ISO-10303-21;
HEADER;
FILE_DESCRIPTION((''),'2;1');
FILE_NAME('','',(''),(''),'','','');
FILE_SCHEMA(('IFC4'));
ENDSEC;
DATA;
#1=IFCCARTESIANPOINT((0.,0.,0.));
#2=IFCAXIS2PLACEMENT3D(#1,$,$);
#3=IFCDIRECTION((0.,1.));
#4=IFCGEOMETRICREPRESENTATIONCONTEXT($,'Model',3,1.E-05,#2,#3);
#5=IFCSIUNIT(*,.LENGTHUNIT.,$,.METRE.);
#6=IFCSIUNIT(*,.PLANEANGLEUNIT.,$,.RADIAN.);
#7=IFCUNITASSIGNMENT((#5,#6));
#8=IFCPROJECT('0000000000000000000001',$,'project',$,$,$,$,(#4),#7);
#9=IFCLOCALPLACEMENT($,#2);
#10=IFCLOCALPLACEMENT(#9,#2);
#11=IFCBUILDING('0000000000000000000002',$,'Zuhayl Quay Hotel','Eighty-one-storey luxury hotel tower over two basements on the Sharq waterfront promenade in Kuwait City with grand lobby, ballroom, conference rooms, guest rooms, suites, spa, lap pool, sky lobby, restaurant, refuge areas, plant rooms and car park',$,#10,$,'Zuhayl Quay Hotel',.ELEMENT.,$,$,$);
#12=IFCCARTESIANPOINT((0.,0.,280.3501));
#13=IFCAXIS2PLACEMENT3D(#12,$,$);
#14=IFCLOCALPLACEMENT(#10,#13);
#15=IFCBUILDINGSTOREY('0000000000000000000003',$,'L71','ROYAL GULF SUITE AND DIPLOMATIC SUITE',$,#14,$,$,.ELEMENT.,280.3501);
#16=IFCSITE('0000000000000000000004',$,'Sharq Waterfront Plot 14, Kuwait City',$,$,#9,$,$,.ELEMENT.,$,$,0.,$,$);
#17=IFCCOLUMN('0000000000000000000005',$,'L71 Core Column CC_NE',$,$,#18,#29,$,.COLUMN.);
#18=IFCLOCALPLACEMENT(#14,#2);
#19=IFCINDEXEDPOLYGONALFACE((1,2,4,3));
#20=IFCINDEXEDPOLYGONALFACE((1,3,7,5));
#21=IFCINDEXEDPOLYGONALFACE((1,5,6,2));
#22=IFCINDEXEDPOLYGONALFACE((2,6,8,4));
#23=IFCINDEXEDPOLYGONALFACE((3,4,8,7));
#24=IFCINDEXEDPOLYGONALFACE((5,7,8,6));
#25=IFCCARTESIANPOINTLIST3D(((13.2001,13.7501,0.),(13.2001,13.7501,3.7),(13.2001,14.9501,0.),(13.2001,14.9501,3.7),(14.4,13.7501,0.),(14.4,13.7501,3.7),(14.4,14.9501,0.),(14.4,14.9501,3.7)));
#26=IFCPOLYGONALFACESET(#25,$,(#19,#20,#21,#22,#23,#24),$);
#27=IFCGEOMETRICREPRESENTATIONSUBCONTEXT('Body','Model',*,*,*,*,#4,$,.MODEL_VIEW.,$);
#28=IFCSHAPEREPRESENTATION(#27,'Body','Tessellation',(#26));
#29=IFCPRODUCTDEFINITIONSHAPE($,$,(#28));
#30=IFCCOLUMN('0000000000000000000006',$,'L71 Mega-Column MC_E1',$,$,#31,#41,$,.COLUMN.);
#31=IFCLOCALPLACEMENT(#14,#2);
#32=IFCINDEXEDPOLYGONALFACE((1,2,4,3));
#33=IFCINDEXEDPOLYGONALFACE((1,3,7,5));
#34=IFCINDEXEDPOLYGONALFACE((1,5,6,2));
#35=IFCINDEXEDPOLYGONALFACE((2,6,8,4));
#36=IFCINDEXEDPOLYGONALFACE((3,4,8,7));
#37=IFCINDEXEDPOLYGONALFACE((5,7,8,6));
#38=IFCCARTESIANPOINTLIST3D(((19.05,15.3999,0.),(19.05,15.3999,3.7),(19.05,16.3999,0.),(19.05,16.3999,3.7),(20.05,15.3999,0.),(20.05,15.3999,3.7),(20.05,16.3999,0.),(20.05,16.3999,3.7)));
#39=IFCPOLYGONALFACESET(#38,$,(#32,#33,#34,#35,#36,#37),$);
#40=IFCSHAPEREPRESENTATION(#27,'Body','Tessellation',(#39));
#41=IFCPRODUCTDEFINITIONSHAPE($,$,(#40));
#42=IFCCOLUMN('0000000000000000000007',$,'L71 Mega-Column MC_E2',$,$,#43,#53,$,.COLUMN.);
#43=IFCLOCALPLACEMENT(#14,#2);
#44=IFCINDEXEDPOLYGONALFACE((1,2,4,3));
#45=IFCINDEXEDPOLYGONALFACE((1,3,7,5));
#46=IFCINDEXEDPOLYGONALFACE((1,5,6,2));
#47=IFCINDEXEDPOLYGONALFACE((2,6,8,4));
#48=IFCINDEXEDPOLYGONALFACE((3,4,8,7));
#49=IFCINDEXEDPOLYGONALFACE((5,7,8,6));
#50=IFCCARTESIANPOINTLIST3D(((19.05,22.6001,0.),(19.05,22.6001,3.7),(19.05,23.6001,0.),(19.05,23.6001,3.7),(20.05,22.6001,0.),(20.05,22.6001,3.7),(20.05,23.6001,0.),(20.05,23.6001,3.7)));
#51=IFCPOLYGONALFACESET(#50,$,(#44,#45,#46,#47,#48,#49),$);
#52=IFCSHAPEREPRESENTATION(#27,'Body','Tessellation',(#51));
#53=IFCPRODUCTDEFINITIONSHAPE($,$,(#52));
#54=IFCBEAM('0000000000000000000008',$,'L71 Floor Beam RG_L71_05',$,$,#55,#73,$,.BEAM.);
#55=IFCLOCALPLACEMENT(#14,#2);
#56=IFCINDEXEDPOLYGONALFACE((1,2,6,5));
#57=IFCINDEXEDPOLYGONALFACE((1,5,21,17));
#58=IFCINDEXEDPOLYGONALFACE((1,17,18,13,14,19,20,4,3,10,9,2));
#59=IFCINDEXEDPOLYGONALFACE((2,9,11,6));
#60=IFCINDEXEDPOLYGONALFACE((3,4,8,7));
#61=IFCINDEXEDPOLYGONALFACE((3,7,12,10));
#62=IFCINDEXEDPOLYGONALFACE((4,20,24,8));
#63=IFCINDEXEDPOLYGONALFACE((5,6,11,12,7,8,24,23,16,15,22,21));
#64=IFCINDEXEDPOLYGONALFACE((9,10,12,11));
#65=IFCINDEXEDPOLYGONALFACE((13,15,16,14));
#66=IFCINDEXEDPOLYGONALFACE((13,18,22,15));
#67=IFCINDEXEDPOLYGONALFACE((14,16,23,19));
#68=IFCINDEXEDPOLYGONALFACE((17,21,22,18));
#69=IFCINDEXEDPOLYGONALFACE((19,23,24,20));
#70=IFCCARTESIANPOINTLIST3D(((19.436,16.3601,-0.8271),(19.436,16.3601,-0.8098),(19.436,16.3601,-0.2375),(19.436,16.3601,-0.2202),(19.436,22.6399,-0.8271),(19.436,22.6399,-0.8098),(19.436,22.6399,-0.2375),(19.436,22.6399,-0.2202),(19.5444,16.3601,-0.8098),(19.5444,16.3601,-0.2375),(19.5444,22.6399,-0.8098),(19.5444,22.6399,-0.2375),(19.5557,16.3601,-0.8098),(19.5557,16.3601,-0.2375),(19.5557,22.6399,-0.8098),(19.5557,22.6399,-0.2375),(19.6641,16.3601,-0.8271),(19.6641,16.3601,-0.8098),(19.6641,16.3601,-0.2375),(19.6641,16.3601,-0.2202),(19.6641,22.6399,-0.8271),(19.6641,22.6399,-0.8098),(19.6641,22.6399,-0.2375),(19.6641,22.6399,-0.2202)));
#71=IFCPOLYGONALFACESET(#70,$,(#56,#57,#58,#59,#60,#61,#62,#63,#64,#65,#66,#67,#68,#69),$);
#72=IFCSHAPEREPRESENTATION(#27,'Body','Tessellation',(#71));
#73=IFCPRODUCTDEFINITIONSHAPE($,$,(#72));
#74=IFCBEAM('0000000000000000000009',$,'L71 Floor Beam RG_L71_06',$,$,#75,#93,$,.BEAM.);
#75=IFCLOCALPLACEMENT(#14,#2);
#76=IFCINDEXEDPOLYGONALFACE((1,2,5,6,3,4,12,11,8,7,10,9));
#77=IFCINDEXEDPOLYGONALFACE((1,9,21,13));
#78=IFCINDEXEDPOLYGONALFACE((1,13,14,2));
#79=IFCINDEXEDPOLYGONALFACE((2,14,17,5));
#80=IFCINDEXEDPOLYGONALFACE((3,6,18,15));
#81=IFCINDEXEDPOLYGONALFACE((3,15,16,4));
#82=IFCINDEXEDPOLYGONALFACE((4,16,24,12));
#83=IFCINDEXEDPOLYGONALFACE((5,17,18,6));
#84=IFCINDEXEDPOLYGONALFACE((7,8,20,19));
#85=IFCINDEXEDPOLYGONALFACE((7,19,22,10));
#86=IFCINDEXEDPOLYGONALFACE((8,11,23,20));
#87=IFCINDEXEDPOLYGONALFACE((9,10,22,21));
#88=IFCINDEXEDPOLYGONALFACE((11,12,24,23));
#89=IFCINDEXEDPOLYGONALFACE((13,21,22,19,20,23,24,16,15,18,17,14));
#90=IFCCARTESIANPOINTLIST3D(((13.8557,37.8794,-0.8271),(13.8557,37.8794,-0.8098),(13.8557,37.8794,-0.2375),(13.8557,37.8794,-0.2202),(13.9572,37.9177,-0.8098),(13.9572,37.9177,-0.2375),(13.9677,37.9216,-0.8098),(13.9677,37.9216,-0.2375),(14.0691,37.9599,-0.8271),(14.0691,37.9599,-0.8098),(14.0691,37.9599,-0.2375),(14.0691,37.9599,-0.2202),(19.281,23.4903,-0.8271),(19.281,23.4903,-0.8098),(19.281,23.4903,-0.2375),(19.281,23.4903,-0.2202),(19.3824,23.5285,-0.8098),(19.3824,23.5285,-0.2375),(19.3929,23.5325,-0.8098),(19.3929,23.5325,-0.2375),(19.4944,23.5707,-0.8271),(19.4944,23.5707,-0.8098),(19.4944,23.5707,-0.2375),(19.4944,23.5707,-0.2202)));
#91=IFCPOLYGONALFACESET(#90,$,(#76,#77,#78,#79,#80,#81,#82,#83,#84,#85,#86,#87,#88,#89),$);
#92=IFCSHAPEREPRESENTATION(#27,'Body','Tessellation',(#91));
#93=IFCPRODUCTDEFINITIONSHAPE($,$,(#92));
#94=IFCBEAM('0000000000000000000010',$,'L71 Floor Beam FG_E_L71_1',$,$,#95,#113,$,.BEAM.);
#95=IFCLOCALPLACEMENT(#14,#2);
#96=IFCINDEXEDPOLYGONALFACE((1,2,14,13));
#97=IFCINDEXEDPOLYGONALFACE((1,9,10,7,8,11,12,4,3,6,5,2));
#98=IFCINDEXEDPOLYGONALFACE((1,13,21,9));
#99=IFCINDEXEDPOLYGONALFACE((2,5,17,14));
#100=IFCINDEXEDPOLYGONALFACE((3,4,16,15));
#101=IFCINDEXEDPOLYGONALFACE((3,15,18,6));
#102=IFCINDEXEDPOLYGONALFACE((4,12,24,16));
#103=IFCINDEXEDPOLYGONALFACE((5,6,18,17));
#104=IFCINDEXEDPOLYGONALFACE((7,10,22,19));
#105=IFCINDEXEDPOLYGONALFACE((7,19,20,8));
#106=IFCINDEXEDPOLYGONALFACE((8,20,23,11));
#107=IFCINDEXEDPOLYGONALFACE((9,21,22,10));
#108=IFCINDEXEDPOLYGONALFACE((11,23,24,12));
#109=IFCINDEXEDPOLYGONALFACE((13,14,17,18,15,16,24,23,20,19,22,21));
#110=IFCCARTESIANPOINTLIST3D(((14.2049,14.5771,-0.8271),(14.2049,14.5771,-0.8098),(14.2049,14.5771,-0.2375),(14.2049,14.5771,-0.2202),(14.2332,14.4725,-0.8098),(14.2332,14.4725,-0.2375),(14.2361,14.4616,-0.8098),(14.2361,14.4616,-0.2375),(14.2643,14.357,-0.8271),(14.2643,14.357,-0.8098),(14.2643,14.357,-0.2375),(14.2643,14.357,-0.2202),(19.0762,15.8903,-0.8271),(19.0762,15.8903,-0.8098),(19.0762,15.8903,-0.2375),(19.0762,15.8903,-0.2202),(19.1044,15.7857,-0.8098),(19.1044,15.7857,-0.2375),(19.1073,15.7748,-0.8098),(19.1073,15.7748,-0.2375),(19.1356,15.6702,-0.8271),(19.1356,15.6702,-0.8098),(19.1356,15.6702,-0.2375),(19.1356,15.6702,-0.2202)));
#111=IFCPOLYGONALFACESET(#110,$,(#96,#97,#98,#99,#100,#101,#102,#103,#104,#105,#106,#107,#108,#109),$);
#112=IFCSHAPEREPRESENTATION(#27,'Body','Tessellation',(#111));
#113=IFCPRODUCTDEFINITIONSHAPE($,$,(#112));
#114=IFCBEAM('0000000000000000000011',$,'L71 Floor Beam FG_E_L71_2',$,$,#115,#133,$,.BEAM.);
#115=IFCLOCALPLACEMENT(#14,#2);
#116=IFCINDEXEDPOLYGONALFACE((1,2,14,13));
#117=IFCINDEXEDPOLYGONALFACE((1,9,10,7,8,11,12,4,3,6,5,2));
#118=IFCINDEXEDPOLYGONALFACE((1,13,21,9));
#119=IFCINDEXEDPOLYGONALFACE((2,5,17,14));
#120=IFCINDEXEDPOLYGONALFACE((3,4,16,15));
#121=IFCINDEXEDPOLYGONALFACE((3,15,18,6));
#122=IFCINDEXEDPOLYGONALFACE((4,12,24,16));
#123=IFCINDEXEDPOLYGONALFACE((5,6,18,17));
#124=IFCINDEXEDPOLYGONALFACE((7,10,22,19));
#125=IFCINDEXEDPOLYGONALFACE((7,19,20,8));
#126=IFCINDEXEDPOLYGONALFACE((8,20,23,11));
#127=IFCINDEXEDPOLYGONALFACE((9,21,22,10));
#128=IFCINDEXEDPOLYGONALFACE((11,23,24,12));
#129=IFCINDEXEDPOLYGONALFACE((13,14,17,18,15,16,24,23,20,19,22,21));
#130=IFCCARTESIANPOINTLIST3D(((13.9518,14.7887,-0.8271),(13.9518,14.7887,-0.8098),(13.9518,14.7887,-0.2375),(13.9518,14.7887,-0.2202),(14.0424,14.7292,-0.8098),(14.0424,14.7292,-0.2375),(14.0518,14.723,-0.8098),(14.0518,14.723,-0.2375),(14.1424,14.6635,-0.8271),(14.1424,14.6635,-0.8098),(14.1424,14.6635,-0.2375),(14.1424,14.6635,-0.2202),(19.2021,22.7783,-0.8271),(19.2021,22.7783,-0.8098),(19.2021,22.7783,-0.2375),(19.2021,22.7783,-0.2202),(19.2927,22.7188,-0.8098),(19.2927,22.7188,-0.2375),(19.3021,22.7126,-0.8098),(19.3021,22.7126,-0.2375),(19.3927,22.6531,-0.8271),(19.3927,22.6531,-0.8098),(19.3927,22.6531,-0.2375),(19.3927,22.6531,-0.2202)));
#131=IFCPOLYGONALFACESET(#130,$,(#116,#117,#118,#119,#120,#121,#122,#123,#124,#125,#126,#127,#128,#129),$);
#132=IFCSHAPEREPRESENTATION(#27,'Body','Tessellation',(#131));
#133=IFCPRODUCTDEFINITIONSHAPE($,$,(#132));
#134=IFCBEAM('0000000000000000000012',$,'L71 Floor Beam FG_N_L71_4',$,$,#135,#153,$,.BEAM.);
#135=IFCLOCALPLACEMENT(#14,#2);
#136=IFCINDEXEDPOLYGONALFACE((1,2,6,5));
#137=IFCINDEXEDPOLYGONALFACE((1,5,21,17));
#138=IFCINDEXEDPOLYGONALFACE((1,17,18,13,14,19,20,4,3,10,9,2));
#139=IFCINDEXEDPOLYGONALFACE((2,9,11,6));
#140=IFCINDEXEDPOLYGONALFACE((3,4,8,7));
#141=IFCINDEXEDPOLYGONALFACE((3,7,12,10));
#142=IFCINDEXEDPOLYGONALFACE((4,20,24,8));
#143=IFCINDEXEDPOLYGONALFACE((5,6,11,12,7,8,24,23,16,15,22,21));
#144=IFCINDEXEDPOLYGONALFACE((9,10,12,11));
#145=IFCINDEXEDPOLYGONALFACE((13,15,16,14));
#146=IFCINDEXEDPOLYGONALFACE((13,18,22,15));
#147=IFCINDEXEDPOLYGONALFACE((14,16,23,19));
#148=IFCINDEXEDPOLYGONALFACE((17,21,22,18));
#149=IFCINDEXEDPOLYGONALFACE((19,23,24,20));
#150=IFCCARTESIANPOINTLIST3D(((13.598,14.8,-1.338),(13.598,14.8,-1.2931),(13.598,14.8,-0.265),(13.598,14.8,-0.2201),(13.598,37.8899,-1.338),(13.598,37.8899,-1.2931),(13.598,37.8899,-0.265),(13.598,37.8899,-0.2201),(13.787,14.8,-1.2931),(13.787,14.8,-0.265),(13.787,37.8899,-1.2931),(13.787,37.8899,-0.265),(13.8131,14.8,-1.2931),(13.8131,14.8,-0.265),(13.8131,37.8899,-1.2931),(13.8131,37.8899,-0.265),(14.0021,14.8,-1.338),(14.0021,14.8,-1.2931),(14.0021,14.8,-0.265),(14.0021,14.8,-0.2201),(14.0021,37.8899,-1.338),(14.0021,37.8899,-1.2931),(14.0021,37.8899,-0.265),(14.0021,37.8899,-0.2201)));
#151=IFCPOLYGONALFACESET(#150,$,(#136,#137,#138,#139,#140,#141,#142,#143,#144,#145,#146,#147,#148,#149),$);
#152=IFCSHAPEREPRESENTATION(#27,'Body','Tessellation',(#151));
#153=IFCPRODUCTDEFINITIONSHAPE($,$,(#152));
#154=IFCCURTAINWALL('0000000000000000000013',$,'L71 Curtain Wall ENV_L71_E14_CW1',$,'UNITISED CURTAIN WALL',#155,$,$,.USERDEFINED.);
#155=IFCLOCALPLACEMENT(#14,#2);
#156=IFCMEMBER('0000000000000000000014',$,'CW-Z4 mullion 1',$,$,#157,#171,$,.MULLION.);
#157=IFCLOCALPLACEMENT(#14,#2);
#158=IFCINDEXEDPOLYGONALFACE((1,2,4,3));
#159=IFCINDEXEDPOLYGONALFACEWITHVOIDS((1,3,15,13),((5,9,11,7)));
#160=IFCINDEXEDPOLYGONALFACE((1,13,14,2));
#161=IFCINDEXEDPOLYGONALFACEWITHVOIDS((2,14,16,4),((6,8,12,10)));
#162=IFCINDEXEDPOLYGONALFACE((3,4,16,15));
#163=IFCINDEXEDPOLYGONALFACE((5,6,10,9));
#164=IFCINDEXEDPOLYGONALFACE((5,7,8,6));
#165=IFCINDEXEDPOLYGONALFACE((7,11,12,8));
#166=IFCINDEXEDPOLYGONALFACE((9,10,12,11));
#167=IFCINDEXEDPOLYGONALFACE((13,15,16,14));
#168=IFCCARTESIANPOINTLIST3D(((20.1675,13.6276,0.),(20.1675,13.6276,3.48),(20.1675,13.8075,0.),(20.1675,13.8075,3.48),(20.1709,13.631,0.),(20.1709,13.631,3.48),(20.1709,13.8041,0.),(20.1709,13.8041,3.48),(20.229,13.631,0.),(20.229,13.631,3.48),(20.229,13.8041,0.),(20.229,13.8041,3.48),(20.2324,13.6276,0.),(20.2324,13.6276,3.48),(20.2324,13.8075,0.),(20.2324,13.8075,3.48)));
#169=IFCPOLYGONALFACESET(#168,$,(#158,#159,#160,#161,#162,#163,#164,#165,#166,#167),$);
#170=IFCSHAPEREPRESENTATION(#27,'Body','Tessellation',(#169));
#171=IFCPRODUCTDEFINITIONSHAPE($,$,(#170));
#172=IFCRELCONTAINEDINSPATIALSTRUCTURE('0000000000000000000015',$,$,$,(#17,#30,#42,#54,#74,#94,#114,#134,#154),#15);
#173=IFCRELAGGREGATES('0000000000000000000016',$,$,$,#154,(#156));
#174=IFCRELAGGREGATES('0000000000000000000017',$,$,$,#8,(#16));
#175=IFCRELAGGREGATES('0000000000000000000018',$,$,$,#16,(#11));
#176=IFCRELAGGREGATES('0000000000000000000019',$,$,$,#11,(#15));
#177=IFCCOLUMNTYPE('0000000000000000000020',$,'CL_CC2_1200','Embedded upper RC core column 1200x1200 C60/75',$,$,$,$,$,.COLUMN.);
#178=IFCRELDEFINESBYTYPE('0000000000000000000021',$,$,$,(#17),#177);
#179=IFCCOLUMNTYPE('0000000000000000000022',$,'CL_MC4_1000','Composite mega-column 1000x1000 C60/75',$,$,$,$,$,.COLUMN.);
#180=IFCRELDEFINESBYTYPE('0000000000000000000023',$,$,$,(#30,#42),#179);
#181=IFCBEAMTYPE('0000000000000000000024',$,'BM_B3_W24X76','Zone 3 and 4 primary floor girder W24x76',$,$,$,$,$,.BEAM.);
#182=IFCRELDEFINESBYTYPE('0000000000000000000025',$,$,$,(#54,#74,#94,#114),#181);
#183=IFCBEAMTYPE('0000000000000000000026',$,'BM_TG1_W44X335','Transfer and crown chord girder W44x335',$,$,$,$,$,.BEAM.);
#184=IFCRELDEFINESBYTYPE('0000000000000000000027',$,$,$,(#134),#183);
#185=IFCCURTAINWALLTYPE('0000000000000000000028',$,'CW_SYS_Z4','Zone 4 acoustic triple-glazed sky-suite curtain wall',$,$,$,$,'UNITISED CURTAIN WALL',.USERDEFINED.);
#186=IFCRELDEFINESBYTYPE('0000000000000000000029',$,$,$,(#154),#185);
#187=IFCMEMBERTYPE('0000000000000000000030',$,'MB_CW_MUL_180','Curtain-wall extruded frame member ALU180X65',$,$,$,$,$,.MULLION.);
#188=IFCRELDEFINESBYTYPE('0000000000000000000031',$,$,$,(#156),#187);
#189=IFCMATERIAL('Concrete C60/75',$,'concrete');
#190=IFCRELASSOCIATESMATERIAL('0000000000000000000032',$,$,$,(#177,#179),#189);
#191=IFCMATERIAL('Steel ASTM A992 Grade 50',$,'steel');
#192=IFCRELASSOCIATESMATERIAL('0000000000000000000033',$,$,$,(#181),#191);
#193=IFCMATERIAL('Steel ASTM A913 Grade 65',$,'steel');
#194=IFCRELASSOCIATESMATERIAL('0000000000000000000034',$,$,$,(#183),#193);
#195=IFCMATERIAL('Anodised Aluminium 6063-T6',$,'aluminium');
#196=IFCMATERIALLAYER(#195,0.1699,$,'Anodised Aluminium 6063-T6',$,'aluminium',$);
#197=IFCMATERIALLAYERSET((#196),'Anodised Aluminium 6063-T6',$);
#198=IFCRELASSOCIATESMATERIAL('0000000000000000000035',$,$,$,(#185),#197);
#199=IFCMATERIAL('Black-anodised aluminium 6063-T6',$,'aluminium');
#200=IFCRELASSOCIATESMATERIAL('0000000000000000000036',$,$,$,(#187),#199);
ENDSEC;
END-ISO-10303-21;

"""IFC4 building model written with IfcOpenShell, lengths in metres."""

from ifc_helpers import new_model, si_unit, direction, frame, origin, origin_2d, place, context, subcontext, project, spatial, rectangle, hollow_rectangle, i_section, extrude, material, layer, layer_set, material_profile, profile_set, type_object, element, aggregate, save


model = new_model("IFC4")

# Units and contexts
model_context = context("Model", 3, precision=1e-05, world=origin(), true_north=direction((0.0, 1.0)))
body_context = subcontext(model_context, "Body", "Model", "MODEL_VIEW")
ifc_project = project(units=[si_unit("LENGTHUNIT", "METRE"), si_unit("PLANEANGLEUNIT", "RADIAN")], contexts=[model_context])

# Site, building, storey
site_placement = place(None, origin())
site = spatial("IfcSite", under=ifc_project, at=site_placement, Name="Sharq Waterfront Plot 14, Kuwait City", CompositionType="ELEMENT", RefElevation=0.0)
building_placement = place(site_placement, origin())
building = spatial("IfcBuilding", under=site, at=building_placement, Name="Zuhayl Quay Hotel", Description="Eighty-one-storey luxury hotel tower over two basements on the Sharq waterfront promenade in Kuwait City with grand lobby, ballroom, conference rooms, guest rooms, suites, spa, lap pool, sky lobby, restaurant, refuge areas, plant rooms and car park", LongName="Zuhayl Quay Hotel", CompositionType="ELEMENT")
storey_placement = place(building_placement, frame((0.0, 0.0, 280.3501)))
storey = spatial("IfcBuildingStorey", under=building, at=storey_placement, Name="L71", Description="ROYAL GULF SUITE AND DIPLOMATIC SUITE", CompositionType="ELEMENT", Elevation=280.3501)

# Columns
ifc_material_1 = material(Name="Concrete C60/75", Category="concrete")
ifc_material_profile_1 = material_profile(ifc_material_1, rectangle(XDim=1.2, YDim=1.2, at=origin_2d()), Name="RC1200X1200")
ifc_profile_set_1 = profile_set([ifc_material_profile_1], Name="Concrete C60/75")
column_type_1 = type_object("IfcColumnType", Name="CL_CC2_1200", Description="Embedded upper RC core column 1200x1200 C60/75", PredefinedType="COLUMN", material=ifc_profile_set_1)
column_placement = place(storey_placement, frame((13.8, 14.3501, 0.0), z_axis=(0.0, 0.0, 1.0), x_axis=(1.0, 0.0, 0.0)))
element("IfcColumn", 1, at=column_placement, inside=storey, type_object=column_type_1, Name="L71 Core Column CC_NE", PredefinedType="COLUMN", context=body_context, shape_type="SweptSolid", body=[
    extrude(rectangle(XDim=1.2, YDim=1.2, at=origin_2d()), origin(), (0.0, 0.0, 1.0), 3.7),
])
ifc_material_profile_2 = material_profile(ifc_material_1, rectangle(XDim=1.0, YDim=1.0, at=origin_2d()), Name="RC1000X1000")
ifc_profile_set_2 = profile_set([ifc_material_profile_2], Name="Concrete C60/75")
column_type_2 = type_object("IfcColumnType", Name="CL_MC4_1000", Description="Composite mega-column 1000x1000 C60/75", PredefinedType="COLUMN", material=ifc_profile_set_2)
for number, where, z_axis, x_axis, name in (
    (2, (19.55, 15.8999, 0.0), (0.0, 0.0, 1.0), (1.0, 0.0, 0.0), "L71 Mega-Column MC_E1"),
    (3, (19.55, 23.1001, 0.0), (0.0, 0.0, 1.0), (1.0, 0.0, 0.0), "L71 Mega-Column MC_E2"),
):
    element("IfcColumn", number, at=place(storey_placement, frame(where, z_axis=z_axis, x_axis=x_axis)), inside=storey, type_object=column_type_2, Name=name, PredefinedType="COLUMN", context=body_context, shape_type="SweptSolid", body=[
        extrude(rectangle(XDim=1.0, YDim=1.0, at=origin_2d()), origin(), (0.0, 0.0, 1.0), 3.7),
    ])

# Beams
ifc_material_2 = material(Name="Steel ASTM A992 Grade 50", Category="steel")
ifc_material_profile_3 = material_profile(ifc_material_2, i_section(OverallWidth=0.228, OverallDepth=0.6069, WebThickness=0.0112, FlangeThickness=0.0173, at=origin_2d()), Name="W24X76")
ifc_profile_set_3 = profile_set([ifc_material_profile_3], Name="Steel ASTM A992 Grade 50")
beam_type_1 = type_object("IfcBeamType", Name="BM_B3_W24X76", Description="Zone 3 and 4 primary floor girder W24x76", PredefinedType="BEAM", material=ifc_profile_set_3)
beam_1_placement = place(storey_placement, frame((19.55, 16.3601, -0.5237), z_axis=(0.0, 1.0, 0.0), x_axis=(-1.0, 0.0, 0.0)))
element("IfcBeam", 4, at=beam_1_placement, inside=storey, type_object=beam_type_1, Name="L71 Floor Beam RG_L71_05", PredefinedType="BEAM", context=body_context, shape_type="SweptSolid", body=[
    extrude(i_section(OverallWidth=0.228, OverallDepth=0.6069, WebThickness=0.0112, FlangeThickness=0.0173, at=origin_2d()), origin(), (0.0, 0.0, 1.0), 6.2798),
])
beam_2_placement = place(storey_placement, frame((19.3877, 23.5305, -0.5237), z_axis=(-0.352797, 0.9357, 0.0), x_axis=(-0.9357, -0.352797, 0.0)))
element("IfcBeam", 5, at=beam_2_placement, inside=storey, type_object=beam_type_1, Name="L71 Floor Beam RG_L71_06", PredefinedType="BEAM", context=body_context, shape_type="SweptSolid", body=[
    extrude(i_section(OverallWidth=0.228, OverallDepth=0.6069, WebThickness=0.0112, FlangeThickness=0.0173, at=origin_2d()), origin(), (0.0, 0.0, 1.0), 15.3779),
])
beam_3_placement = place(storey_placement, frame((14.2346, 14.467, -0.5237), z_axis=(0.96553, 0.260291, 0.0), x_axis=(-0.260291, 0.96553, 0.0)))
element("IfcBeam", 6, at=beam_3_placement, inside=storey, type_object=beam_type_1, Name="L71 Floor Beam FG_E_L71_1", PredefinedType="BEAM", context=body_context, shape_type="SweptSolid", body=[
    extrude(i_section(OverallWidth=0.228, OverallDepth=0.6069, WebThickness=0.0112, FlangeThickness=0.0173, at=origin_2d()), origin(), (0.0, 0.0, 1.0), 5.0452),
])
beam_4_placement = place(storey_placement, frame((14.0471, 14.7261, -0.5237), z_axis=(0.549178, 0.835705, 0.0), x_axis=(-0.835705, 0.549178, 0.0)))
element("IfcBeam", 7, at=beam_4_placement, inside=storey, type_object=beam_type_1, Name="L71 Floor Beam FG_E_L71_2", PredefinedType="BEAM", context=body_context, shape_type="SweptSolid", body=[
    extrude(i_section(OverallWidth=0.228, OverallDepth=0.6069, WebThickness=0.0112, FlangeThickness=0.0173, at=origin_2d()), origin(), (0.0, 0.0, 1.0), 9.5603),
])
ifc_material_3 = material(Name="Steel ASTM A913 Grade 65", Category="steel")
ifc_material_profile_4 = material_profile(ifc_material_3, i_section(OverallWidth=0.4041, OverallDepth=1.1179, WebThickness=0.0261, FlangeThickness=0.0449, at=origin_2d()), Name="W44X335")
ifc_profile_set_4 = profile_set([ifc_material_profile_4], Name="Steel ASTM A913 Grade 65")
beam_type_2 = type_object("IfcBeamType", Name="BM_TG1_W44X335", Description="Transfer and crown chord girder W44x335", PredefinedType="BEAM", material=ifc_profile_set_4)
beam_5_placement = place(storey_placement, frame((13.8, 14.8, -0.7791), z_axis=(0.0, 1.0, 0.0), x_axis=(-1.0, 0.0, 0.0)))
element("IfcBeam", 8, at=beam_5_placement, inside=storey, type_object=beam_type_2, Name="L71 Floor Beam FG_N_L71_4", PredefinedType="BEAM", context=body_context, shape_type="SweptSolid", body=[
    extrude(i_section(OverallWidth=0.4041, OverallDepth=1.1179, WebThickness=0.0261, FlangeThickness=0.0449, at=origin_2d()), origin(), (0.0, 0.0, 1.0), 23.0898),
])

# Curtain wall, member
ifc_material_4 = material(Name="Anodised Aluminium 6063-T6", Category="aluminium")
ifc_layer_1 = layer(ifc_material_4, 0.1699, Name="Anodised Aluminium 6063-T6", Category="aluminium")
ifc_layer_set_1 = layer_set([ifc_layer_1], Name="Anodised Aluminium 6063-T6")
curtain_wall_type = type_object("IfcCurtainWallType", Name="CW_SYS_Z4", Description="Zone 4 acoustic triple-glazed sky-suite curtain wall", ElementType="UNITISED CURTAIN WALL", PredefinedType="USERDEFINED", material=ifc_layer_set_1)
curtain_wall_placement = place(storey_placement, origin())
curtain_wall = element("IfcCurtainWall", 9, at=curtain_wall_placement, inside=storey, type_object=curtain_wall_type, Name="L71 Curtain Wall ENV_L71_E14_CW1", ObjectType="UNITISED CURTAIN WALL", PredefinedType="USERDEFINED")
ifc_material_5 = material(Name="Black-anodised aluminium 6063-T6", Category="aluminium")
ifc_material_profile_5 = material_profile(ifc_material_5, hollow_rectangle(XDim=0.0649, YDim=0.1799, WallThickness=0.0034, at=origin_2d()), Name="ALU180X65")
ifc_profile_set_5 = profile_set([ifc_material_profile_5], Name="Black-anodised aluminium 6063-T6")
member_type_1 = type_object("IfcMemberType", Name="MB_CW_MUL_180", Description="Curtain-wall extruded frame member ALU180X65", PredefinedType="MULLION", material=ifc_profile_set_5)
member_1_placement = place(storey_placement, frame((20.2, 13.7175, 0.0), z_axis=(0.0, 0.0, 1.0), x_axis=(1.0, 0.0, 0.0)))
member_1 = element("IfcMember", 10, at=member_1_placement, type_object=member_type_1, Name="CW-Z4 mullion 1", PredefinedType="MULLION", context=body_context, shape_type="SweptSolid", body=[
    extrude(hollow_rectangle(XDim=0.0649, YDim=0.1799, WallThickness=0.0034, at=origin_2d()), origin(), (0.0, 0.0, 1.0), 3.48),
])
aggregate(curtain_wall, [member_1])

save(model, "model.ifc")
